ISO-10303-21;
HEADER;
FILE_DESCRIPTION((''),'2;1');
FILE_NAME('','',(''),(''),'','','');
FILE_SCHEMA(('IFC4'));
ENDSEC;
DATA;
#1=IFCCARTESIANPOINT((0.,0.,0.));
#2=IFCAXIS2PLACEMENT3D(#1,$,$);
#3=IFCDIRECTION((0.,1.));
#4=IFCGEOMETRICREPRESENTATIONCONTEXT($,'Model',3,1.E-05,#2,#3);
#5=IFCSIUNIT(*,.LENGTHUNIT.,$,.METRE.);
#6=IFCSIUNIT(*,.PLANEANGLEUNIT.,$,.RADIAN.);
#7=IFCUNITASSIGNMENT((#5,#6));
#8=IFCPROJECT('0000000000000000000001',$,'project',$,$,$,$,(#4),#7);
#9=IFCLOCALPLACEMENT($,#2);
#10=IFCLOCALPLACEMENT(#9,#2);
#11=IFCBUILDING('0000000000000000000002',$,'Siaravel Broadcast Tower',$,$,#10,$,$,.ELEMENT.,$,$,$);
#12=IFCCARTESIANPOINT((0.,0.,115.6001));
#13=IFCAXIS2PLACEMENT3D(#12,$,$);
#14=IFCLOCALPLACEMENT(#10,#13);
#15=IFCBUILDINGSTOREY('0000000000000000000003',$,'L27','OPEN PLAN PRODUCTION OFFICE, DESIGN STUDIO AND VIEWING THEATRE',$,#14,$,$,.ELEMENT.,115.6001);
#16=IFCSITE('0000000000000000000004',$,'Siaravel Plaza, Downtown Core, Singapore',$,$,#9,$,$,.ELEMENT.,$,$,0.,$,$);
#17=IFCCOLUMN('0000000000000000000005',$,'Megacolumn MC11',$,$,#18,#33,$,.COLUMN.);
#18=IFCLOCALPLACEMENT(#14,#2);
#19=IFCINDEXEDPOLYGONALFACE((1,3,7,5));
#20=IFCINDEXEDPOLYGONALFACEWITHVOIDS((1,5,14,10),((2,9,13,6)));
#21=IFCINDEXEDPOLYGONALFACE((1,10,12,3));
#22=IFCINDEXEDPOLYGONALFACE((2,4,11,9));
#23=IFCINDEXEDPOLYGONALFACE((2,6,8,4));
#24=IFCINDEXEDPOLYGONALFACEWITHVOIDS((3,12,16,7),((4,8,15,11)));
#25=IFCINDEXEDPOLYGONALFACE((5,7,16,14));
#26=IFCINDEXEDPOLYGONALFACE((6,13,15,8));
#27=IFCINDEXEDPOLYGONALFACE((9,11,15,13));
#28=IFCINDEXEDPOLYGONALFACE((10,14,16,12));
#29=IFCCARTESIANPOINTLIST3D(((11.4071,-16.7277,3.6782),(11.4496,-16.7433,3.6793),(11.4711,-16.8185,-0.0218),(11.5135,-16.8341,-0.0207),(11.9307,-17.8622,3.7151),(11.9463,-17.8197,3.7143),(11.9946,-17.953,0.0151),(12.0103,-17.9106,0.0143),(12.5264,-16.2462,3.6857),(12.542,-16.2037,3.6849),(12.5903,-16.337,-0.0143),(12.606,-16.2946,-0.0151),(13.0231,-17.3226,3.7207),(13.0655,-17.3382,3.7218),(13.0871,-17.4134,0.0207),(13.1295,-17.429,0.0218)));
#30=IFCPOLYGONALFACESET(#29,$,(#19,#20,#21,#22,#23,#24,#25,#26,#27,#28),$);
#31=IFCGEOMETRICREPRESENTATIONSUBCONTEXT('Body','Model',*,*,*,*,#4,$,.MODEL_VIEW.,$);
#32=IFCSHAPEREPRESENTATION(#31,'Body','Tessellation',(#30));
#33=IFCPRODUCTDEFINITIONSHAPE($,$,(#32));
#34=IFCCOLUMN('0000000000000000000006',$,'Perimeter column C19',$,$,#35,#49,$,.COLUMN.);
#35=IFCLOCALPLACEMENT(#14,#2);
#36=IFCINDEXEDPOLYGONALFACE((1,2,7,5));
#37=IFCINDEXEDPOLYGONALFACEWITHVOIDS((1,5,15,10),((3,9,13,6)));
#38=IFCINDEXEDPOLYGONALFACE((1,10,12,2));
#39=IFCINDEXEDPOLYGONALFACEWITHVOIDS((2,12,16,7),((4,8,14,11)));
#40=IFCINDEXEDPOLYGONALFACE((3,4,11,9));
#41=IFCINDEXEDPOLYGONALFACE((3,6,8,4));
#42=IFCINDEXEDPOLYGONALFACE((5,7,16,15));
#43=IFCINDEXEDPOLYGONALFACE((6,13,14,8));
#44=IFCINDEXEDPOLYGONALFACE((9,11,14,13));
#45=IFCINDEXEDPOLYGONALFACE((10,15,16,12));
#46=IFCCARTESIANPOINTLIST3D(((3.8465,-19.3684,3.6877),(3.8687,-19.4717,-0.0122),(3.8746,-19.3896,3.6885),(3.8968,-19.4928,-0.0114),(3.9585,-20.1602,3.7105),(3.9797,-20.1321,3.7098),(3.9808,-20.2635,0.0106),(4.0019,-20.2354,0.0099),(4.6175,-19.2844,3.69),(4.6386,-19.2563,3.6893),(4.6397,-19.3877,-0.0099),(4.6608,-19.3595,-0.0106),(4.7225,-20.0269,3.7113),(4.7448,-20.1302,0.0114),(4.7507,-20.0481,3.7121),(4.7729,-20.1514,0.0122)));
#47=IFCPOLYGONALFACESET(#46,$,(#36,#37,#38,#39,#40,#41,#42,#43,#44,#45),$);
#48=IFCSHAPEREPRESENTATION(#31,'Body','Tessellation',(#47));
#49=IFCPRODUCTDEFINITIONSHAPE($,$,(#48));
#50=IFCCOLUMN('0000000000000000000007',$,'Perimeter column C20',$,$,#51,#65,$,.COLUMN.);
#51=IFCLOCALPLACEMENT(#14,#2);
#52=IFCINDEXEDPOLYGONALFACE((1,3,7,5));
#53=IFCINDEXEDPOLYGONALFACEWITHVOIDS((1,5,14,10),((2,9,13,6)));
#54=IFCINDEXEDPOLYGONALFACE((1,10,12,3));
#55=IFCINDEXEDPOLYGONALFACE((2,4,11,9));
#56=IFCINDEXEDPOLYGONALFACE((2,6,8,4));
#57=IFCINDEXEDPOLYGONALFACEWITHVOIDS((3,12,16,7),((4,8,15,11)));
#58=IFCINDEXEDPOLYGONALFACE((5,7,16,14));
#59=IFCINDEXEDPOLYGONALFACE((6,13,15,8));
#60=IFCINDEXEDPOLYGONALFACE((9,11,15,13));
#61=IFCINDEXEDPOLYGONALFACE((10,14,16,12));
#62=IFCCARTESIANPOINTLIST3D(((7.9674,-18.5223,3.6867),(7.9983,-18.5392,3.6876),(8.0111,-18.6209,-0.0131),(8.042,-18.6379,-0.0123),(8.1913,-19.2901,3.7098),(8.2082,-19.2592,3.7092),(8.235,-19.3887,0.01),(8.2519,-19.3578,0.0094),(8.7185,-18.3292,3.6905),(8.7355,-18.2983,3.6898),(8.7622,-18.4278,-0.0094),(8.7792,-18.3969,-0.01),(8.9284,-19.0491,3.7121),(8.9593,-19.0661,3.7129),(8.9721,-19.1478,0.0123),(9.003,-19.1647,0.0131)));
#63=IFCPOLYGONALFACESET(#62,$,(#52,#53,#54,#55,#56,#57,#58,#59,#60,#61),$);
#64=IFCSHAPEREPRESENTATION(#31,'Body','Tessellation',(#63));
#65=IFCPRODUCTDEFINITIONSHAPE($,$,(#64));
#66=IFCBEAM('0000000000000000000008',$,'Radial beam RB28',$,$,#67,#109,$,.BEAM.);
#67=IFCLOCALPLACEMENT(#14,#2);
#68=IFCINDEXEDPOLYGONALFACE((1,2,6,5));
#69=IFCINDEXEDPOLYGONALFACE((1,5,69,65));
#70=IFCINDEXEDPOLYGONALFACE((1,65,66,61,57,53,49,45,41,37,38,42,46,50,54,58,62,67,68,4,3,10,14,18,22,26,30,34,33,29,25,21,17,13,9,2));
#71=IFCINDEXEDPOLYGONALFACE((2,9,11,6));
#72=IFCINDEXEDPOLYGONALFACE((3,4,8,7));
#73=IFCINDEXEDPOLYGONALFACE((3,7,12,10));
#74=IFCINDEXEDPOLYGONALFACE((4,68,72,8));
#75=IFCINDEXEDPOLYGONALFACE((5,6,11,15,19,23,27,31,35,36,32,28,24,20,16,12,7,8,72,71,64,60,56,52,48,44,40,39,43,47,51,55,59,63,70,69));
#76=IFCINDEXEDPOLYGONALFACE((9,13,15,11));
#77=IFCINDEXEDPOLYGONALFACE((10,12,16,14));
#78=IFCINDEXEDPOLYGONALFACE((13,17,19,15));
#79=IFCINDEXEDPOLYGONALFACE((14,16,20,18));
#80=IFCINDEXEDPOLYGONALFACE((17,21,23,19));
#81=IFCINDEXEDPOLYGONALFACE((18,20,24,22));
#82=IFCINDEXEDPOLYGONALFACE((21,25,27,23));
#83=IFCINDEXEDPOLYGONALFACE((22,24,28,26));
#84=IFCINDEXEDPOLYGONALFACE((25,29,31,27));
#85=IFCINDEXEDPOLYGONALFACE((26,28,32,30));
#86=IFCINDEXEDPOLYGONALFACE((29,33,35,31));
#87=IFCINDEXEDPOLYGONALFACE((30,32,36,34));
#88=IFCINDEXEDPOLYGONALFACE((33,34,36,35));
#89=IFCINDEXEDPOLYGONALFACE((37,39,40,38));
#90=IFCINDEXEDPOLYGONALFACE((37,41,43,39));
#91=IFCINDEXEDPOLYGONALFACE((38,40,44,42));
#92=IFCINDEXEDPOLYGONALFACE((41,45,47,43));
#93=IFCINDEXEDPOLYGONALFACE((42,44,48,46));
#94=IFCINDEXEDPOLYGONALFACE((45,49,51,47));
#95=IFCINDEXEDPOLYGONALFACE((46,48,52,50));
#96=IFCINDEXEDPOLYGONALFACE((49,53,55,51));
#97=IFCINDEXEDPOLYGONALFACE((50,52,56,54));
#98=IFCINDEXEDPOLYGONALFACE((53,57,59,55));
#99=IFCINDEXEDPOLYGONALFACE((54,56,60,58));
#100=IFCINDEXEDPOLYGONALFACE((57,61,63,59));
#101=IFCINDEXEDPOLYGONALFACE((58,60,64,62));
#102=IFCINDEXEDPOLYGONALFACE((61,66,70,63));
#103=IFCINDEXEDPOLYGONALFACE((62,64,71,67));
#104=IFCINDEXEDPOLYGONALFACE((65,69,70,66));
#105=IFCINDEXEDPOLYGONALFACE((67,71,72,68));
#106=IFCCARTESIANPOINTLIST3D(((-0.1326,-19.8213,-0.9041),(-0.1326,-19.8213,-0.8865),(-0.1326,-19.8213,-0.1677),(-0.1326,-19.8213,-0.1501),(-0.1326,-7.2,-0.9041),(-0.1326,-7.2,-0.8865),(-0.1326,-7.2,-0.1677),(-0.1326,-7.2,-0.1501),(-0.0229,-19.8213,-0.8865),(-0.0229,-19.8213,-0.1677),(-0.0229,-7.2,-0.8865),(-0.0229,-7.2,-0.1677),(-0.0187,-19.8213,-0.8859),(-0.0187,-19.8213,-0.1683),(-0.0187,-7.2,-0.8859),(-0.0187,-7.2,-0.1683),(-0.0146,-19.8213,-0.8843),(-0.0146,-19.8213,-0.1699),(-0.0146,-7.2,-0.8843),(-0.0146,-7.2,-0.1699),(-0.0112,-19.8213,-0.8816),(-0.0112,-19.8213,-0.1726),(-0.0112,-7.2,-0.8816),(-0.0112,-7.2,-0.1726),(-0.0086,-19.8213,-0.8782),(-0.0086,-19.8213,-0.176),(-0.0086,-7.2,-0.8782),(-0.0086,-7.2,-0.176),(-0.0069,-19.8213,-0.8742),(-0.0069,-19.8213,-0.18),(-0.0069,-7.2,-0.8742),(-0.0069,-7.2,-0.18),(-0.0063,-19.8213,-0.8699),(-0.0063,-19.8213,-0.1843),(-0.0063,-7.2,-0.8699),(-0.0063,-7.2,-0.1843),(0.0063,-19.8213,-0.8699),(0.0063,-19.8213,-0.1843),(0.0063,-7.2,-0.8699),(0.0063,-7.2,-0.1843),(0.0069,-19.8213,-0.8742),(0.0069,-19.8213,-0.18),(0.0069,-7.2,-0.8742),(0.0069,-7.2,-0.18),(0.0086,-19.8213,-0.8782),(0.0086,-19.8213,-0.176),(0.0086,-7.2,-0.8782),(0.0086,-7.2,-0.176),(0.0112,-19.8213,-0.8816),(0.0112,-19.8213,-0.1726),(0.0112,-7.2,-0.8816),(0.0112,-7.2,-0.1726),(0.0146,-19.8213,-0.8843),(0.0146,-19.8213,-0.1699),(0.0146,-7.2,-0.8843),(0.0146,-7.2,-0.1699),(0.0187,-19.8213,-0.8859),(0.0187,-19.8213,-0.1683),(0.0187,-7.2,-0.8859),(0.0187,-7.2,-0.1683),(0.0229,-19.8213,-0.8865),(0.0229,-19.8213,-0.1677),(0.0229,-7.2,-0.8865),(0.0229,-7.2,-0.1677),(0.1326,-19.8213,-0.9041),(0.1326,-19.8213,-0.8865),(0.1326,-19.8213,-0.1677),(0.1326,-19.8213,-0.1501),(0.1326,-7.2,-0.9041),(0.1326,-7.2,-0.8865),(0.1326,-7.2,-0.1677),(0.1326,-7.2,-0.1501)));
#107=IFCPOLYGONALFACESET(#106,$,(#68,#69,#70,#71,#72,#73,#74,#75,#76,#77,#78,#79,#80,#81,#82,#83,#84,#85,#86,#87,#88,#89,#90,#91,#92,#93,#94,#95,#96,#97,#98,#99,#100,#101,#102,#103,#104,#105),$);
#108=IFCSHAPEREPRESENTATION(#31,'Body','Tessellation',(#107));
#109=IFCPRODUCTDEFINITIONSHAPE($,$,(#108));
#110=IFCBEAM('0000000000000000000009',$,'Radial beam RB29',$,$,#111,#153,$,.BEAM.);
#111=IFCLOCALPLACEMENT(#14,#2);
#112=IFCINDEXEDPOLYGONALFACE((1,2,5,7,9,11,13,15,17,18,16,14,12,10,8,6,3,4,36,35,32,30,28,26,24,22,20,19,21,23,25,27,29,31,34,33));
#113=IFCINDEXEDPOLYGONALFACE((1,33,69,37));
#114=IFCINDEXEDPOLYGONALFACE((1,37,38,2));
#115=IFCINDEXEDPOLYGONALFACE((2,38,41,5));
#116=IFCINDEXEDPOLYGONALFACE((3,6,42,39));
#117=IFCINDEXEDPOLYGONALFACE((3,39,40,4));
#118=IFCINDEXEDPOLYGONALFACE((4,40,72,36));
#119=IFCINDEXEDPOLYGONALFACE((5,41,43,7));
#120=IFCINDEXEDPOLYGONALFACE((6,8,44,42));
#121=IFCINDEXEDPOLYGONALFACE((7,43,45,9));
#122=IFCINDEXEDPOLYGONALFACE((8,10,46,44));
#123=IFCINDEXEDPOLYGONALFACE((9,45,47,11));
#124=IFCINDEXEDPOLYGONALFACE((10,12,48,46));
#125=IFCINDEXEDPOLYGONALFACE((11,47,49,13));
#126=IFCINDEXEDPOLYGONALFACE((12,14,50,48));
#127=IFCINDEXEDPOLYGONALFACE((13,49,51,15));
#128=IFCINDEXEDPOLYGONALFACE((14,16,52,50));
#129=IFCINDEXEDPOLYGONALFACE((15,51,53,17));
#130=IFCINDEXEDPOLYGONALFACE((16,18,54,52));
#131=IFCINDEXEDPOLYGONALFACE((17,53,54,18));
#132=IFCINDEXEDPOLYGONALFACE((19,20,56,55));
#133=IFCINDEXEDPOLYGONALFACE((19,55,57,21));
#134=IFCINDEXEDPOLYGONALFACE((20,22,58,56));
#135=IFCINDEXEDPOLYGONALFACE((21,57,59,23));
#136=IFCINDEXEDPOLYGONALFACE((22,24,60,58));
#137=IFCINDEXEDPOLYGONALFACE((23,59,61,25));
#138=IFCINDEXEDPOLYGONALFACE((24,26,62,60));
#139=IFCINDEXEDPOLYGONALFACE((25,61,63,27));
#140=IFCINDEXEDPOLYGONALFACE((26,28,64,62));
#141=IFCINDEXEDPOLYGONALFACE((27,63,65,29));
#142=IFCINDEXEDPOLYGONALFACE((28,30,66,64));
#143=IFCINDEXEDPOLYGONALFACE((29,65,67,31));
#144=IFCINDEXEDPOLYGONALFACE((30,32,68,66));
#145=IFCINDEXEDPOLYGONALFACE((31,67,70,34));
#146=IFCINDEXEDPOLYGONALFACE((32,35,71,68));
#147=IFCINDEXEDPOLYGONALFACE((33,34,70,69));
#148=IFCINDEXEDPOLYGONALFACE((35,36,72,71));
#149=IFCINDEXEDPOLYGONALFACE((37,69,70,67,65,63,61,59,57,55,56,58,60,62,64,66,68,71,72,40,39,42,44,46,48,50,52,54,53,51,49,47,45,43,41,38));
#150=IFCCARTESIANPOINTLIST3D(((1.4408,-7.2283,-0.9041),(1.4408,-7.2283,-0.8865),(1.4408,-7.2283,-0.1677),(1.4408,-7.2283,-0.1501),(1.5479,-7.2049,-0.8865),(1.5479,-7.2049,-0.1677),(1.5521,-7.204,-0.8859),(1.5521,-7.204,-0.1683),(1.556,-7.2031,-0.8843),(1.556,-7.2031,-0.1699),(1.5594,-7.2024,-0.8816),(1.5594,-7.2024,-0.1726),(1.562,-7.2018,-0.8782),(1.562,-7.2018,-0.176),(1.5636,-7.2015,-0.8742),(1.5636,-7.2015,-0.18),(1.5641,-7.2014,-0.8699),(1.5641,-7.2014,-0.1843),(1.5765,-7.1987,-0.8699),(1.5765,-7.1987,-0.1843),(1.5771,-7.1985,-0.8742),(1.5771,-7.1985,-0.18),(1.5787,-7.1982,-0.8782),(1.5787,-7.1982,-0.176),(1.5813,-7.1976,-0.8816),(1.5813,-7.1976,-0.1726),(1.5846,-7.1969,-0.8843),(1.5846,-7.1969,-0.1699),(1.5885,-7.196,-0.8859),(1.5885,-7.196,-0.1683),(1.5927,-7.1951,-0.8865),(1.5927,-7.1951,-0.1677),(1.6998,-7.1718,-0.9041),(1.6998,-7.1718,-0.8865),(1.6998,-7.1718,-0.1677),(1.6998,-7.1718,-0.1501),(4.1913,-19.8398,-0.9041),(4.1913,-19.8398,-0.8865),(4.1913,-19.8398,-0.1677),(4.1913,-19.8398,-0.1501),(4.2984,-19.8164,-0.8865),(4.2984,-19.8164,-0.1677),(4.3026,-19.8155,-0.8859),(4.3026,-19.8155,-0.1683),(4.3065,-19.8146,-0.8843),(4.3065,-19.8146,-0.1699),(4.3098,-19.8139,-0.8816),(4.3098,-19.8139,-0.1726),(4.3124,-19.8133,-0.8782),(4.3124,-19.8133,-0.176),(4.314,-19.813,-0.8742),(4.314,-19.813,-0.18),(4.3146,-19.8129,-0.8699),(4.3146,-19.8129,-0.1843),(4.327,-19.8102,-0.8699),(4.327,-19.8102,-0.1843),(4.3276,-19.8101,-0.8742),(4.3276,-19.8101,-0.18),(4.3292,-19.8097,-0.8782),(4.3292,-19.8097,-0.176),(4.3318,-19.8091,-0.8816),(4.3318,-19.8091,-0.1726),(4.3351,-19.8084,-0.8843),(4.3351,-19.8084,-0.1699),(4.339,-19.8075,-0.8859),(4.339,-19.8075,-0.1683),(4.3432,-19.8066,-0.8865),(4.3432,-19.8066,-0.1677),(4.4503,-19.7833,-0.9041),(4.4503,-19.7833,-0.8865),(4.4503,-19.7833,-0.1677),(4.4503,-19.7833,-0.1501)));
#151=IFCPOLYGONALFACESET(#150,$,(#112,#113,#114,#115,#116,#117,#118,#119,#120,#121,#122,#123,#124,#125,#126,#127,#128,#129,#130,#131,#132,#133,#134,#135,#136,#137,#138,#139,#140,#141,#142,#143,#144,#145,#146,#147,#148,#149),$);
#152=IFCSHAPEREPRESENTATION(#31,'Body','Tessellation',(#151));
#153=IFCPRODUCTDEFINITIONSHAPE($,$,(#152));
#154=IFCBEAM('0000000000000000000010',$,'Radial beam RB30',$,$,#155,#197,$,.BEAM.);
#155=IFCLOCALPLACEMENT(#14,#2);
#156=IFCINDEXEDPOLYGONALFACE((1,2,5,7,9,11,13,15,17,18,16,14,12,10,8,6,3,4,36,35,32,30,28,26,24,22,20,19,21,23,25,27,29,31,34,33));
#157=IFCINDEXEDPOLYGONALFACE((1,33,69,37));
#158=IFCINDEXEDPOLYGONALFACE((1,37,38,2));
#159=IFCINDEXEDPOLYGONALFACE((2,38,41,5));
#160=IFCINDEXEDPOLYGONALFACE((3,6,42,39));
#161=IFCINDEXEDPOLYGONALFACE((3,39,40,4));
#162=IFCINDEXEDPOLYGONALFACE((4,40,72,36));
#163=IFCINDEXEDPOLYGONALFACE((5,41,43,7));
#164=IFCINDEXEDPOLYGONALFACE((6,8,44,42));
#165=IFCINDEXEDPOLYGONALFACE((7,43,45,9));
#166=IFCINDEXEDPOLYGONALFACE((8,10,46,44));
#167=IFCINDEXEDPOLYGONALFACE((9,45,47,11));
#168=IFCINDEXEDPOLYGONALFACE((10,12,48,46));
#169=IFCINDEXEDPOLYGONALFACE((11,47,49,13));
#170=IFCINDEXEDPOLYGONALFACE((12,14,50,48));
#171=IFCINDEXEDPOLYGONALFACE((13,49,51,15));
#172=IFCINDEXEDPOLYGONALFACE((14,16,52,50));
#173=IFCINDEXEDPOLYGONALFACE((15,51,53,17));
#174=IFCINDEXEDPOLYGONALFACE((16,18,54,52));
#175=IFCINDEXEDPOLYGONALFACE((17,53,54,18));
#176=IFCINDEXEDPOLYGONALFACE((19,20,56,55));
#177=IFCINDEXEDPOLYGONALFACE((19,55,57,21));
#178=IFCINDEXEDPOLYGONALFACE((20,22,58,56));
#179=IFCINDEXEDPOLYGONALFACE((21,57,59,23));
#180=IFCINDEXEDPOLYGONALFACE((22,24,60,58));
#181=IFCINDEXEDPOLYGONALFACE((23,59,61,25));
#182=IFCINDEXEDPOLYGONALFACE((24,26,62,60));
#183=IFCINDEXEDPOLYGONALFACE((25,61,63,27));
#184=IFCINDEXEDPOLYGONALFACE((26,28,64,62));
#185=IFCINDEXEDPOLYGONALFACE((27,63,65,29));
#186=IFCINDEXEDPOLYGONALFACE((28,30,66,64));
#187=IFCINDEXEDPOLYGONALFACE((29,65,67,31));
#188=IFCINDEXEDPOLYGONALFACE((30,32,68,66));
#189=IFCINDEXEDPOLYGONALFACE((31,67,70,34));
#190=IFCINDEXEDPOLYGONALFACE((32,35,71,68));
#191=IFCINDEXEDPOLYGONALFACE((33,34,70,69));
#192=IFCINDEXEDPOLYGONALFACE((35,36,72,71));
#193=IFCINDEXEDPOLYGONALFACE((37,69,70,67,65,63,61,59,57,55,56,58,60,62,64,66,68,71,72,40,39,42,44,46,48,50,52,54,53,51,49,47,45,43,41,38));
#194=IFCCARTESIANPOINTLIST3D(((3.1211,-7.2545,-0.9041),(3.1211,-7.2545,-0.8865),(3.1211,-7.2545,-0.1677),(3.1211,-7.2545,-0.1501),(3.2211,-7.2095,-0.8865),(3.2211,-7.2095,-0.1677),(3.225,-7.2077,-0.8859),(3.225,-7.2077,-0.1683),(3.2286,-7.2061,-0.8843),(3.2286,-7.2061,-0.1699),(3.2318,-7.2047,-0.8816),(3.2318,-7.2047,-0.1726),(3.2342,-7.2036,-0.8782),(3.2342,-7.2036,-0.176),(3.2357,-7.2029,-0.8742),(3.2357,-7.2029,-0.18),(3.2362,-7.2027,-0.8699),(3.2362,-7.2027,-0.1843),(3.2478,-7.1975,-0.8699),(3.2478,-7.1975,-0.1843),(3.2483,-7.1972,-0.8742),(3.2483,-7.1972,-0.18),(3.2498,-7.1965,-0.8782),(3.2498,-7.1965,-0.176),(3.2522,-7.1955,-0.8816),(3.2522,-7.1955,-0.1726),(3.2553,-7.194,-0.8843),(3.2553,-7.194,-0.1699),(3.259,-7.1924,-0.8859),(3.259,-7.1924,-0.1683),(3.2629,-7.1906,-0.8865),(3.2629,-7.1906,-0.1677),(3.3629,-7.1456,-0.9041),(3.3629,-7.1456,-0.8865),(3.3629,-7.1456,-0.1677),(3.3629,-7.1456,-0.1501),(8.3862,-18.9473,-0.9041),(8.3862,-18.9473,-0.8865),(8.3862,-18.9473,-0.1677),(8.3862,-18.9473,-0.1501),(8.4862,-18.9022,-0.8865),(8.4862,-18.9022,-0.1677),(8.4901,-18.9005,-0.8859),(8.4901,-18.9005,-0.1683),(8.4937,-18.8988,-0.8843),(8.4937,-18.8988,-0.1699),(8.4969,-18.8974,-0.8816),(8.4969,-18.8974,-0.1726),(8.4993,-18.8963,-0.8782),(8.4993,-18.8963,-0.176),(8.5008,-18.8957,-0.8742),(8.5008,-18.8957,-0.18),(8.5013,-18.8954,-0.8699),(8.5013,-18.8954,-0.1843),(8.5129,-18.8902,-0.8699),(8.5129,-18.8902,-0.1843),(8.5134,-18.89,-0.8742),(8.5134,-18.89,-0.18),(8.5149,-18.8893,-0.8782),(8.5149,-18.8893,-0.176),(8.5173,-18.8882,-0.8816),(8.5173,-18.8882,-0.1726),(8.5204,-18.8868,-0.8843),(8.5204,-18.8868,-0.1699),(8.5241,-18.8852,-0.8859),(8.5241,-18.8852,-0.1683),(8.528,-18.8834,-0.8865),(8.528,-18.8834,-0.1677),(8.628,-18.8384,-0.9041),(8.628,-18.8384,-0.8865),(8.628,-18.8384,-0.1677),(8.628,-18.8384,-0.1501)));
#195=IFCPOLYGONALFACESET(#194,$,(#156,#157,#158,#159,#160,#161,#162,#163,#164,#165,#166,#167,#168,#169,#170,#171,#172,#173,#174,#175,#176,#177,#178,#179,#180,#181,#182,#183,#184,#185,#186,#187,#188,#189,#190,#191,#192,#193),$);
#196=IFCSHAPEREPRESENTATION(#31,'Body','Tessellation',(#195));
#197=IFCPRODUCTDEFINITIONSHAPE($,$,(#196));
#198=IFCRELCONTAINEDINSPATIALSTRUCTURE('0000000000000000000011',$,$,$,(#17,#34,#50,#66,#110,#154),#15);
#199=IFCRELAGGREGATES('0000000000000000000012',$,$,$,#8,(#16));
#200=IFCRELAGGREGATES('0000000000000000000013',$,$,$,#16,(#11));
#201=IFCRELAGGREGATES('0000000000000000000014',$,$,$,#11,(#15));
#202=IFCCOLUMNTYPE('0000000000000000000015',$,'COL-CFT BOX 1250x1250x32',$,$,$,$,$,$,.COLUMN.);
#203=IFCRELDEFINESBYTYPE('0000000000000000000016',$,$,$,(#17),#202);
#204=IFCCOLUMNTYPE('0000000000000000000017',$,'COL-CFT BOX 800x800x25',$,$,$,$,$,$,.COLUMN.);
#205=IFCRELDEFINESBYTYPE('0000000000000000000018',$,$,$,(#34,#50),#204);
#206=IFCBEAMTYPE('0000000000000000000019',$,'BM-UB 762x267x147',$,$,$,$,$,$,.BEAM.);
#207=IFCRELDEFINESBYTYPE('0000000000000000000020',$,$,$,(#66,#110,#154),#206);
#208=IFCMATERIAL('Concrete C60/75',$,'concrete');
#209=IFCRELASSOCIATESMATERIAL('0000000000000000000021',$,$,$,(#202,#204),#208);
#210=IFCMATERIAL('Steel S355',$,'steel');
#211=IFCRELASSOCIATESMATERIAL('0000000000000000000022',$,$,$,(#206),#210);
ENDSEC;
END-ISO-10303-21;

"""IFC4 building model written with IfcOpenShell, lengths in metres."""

from ifc_helpers import new_model, si_unit, direction, frame, origin, origin_2d, place, context, subcontext, project, spatial, hollow_rectangle, i_section, extrude, material, material_profile, profile_set, type_object, element, save


model = new_model("IFC4")

# Units and contexts
model_context = context("Model", 3, precision=1e-05, world=origin(), true_north=direction((0.0, 1.0)))
body_context = subcontext(model_context, "Body", "Model", "MODEL_VIEW")
ifc_project = project(units=[si_unit("LENGTHUNIT", "METRE"), si_unit("PLANEANGLEUNIT", "RADIAN")], contexts=[model_context])

# Site, building, storey
site_placement = place(None, origin())
site = spatial("IfcSite", under=ifc_project, at=site_placement, Name="Siaravel Plaza, Downtown Core, Singapore", CompositionType="ELEMENT", RefElevation=0.0)
building_placement = place(site_placement, origin())
building = spatial("IfcBuilding", under=site, at=building_placement, Name="Siaravel Broadcast Tower", CompositionType="ELEMENT")
storey_placement = place(building_placement, frame((0.0, 0.0, 115.6001)))
storey = spatial("IfcBuildingStorey", under=building, at=storey_placement, Name="L27", Description="OPEN PLAN PRODUCTION OFFICE, DESIGN STUDIO AND VIEWING THEATRE", CompositionType="ELEMENT", Elevation=115.6001)

# Columns
ifc_material_1 = material(Name="Concrete C60/75", Category="concrete")
ifc_material_profile_1 = material_profile(ifc_material_1, hollow_rectangle(XDim=1.25, YDim=1.25, WallThickness=0.032, at=origin_2d()))
ifc_profile_set_1 = profile_set([ifc_material_profile_1], Name="Concrete C60/75")
column_type_1 = type_object("IfcColumnType", Name="COL-CFT BOX 1250x1250x32", PredefinedType="COLUMN", material=ifc_profile_set_1)
column_placement = place(storey_placement, frame((12.3003, -17.1238, 0.0), z_axis=(-0.01728, 0.024535, 0.99955), x_axis=(-0.907898, -0.419155, -0.005407)))
element("IfcColumn", 1, at=column_placement, inside=storey, type_object=column_type_1, Name="Megacolumn MC11", PredefinedType="COLUMN", context=body_context, shape_type="SweptSolid", body=[
    extrude(hollow_rectangle(XDim=1.25, YDim=1.25, WallThickness=0.032, at=origin_2d()), origin(), (0.0, 0.0, 1.0), 3.7017),
])
ifc_material_profile_2 = material_profile(ifc_material_1, hollow_rectangle(XDim=0.8, YDim=0.8, WallThickness=0.0249, at=origin_2d()))
ifc_profile_set_2 = profile_set([ifc_material_profile_2], Name="Concrete C60/75")
column_type_2 = type_object("IfcColumnType", Name="COL-CFT BOX 800x800x25", PredefinedType="COLUMN", material=ifc_profile_set_2)
for number, where, z_axis, x_axis, name in (
    (2, (4.3208, -19.8115, 0.0), (-0.006002, 0.0279, 0.999593), (-0.990125, -0.140169, -0.002033), "Perimeter column C19"),
    (3, (8.5071, -18.8928, 0.0), (-0.011806, 0.026647, 0.999575), (-0.959994, -0.279992, -0.003875), "Perimeter column C20"),
):
    element("IfcColumn", number, at=place(storey_placement, frame(where, z_axis=z_axis, x_axis=x_axis)), inside=storey, type_object=column_type_2, Name=name, PredefinedType="COLUMN", context=body_context, shape_type="SweptSolid", body=[
        extrude(hollow_rectangle(XDim=0.8, YDim=0.8, WallThickness=0.0249, at=origin_2d()), origin(), (0.0, 0.0, 1.0), 3.7014),
    ])

# Beams
ifc_material_2 = material(Name="Steel S355", Category="steel")
ifc_material_profile_3 = material_profile(ifc_material_2, i_section(OverallWidth=0.2651, OverallDepth=0.7539, WebThickness=0.0127, FlangeThickness=0.0176, FilletRadius=0.0166, at=origin_2d()))
ifc_profile_set_3 = profile_set([ifc_material_profile_3], Name="Steel S355")
beam_type = type_object("IfcBeamType", Name="BM-UB 762x267x147", PredefinedType="BEAM", material=ifc_profile_set_3)
beam_1_placement = place(storey_placement, frame((0.0, -19.8213, -0.5271), z_axis=(0.0, 1.0, 0.0), x_axis=(-1.0, 0.0, 0.0)))
element("IfcBeam", 4, at=beam_1_placement, inside=storey, type_object=beam_type, Name="Radial beam RB28", PredefinedType="BEAM", context=body_context, shape_type="SweptSolid", body=[
    extrude(i_section(OverallWidth=0.2651, OverallDepth=0.7539, WebThickness=0.0127, FlangeThickness=0.0176, FilletRadius=0.0166, at=origin_2d()), origin(), (0.0, 0.0, 1.0), 12.6213),
])
beam_2_placement = place(storey_placement, frame((4.3208, -19.8115, -0.5271), z_axis=(-0.213084, 0.977034, 0.0), x_axis=(-0.977034, -0.213084, 0.0)))
element("IfcBeam", 5, at=beam_2_placement, inside=storey, type_object=beam_type, Name="Radial beam RB29", PredefinedType="BEAM", context=body_context, shape_type="SweptSolid", body=[
    extrude(i_section(OverallWidth=0.2651, OverallDepth=0.7539, WebThickness=0.0127, FlangeThickness=0.0176, FilletRadius=0.0166, at=origin_2d()), origin(), (0.0, 0.0, 1.0), 12.908),
])
beam_3_placement = place(storey_placement, frame((8.5071, -18.8928, -0.5271), z_axis=(-0.410582, 0.911824, 0.0), x_axis=(-0.911824, -0.410582, 0.0)))
element("IfcBeam", 6, at=beam_3_placement, inside=storey, type_object=beam_type, Name="Radial beam RB30", PredefinedType="BEAM", context=body_context, shape_type="SweptSolid", body=[
    extrude(i_section(OverallWidth=0.2651, OverallDepth=0.7539, WebThickness=0.0127, FlangeThickness=0.0176, FilletRadius=0.0166, at=origin_2d()), origin(), (0.0, 0.0, 1.0), 12.8235),
])

save(model, "model.ifc")
